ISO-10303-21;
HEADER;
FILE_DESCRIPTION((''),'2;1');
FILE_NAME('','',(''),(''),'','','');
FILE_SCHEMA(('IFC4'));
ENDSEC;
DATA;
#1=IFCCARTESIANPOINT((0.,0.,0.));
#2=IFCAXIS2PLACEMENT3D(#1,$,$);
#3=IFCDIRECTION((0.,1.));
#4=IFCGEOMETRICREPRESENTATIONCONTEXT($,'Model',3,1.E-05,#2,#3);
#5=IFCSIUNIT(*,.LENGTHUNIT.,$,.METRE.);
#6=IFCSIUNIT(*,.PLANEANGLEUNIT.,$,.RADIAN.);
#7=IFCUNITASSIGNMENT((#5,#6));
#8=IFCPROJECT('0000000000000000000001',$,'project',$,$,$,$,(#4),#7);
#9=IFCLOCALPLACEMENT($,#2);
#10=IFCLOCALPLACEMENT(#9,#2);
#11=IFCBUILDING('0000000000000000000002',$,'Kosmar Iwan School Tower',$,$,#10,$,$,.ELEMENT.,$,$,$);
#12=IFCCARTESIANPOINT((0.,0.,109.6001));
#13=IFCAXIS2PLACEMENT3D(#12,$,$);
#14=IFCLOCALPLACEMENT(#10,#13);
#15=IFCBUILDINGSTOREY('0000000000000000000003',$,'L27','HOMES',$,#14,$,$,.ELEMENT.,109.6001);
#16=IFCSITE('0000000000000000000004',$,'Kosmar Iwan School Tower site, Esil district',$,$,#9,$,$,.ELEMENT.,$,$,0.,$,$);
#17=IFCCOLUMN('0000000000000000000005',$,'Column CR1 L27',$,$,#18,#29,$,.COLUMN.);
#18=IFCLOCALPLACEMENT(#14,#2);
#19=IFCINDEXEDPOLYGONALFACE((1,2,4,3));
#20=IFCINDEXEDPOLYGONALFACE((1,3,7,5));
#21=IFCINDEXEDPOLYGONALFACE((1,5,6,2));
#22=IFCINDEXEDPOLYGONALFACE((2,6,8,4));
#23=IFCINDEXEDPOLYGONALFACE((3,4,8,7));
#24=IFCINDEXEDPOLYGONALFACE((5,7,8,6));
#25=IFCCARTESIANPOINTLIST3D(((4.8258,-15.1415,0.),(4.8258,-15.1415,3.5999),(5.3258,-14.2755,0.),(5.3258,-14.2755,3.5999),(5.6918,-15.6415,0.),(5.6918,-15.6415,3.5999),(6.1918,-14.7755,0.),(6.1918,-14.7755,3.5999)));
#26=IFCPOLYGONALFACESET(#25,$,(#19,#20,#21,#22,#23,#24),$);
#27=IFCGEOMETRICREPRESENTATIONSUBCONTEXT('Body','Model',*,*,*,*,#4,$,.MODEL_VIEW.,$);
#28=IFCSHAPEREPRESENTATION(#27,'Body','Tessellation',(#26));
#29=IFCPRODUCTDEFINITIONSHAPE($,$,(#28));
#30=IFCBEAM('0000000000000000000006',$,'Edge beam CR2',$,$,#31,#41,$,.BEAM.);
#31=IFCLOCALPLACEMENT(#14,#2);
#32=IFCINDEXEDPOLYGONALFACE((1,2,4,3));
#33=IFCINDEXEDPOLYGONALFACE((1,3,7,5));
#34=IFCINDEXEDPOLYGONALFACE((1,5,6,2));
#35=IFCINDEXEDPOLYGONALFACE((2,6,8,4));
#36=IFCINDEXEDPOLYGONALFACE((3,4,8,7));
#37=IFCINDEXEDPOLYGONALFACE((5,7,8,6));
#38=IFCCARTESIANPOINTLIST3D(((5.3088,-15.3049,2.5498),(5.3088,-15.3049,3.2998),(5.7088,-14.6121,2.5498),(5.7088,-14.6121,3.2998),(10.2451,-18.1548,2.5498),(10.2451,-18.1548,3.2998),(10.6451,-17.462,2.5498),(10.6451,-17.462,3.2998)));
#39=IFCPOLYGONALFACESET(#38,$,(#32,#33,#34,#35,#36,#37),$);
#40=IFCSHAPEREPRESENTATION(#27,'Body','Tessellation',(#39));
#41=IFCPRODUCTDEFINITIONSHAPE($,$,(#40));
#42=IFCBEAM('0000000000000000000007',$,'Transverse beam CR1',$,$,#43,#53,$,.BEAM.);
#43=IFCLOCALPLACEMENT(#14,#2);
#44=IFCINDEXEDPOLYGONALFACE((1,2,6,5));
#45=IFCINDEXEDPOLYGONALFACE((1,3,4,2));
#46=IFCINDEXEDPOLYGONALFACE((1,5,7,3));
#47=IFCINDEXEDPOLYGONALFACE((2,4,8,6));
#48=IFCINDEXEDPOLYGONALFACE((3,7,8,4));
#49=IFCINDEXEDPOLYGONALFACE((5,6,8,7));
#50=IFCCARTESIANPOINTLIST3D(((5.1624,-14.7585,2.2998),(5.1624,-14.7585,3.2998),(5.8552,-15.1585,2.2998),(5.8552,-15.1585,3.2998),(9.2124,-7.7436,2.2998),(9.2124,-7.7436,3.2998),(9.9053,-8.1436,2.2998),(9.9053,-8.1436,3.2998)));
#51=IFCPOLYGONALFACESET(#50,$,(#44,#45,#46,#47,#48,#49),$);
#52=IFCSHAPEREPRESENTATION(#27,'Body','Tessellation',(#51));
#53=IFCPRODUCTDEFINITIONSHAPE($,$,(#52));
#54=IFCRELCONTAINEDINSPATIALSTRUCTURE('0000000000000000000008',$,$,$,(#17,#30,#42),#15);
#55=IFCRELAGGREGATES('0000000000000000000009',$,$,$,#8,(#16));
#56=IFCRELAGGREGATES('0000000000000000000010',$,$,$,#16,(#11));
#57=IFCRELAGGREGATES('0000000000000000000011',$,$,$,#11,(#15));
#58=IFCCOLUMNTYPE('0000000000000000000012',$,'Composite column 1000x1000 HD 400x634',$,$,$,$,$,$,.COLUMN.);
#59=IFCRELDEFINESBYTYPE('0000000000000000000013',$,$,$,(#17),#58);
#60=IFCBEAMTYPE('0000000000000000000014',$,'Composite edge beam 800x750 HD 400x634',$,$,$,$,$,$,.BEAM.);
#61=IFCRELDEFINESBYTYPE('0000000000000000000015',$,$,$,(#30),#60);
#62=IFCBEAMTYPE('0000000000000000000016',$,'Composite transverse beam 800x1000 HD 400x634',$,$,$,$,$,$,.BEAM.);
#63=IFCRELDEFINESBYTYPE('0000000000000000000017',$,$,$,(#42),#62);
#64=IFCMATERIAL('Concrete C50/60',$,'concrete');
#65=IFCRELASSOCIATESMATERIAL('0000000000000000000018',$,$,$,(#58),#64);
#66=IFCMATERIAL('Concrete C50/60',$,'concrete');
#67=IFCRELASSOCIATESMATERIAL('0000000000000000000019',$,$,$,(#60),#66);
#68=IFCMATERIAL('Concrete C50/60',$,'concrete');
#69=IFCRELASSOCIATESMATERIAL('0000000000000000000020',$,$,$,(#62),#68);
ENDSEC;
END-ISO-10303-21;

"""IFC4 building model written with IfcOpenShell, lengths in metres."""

from ifc_helpers import new_model, si_unit, direction, frame, origin, origin_2d, place, context, subcontext, project, spatial, rectangle, extrude, material, material_profile, profile_set, type_object, element, save


model = new_model("IFC4")

# Units and contexts
model_context = context("Model", 3, precision=1e-05, world=origin(), true_north=direction((0.0, 1.0)))
body_context = subcontext(model_context, "Body", "Model", "MODEL_VIEW")
ifc_project = project(units=[si_unit("LENGTHUNIT", "METRE"), si_unit("PLANEANGLEUNIT", "RADIAN")], contexts=[model_context])

# Site, building, storey
site_placement = place(None, origin())
site = spatial("IfcSite", under=ifc_project, at=site_placement, Name="Kosmar Iwan School Tower site, Esil district", CompositionType="ELEMENT", RefElevation=0.0)
building_placement = place(site_placement, origin())
building = spatial("IfcBuilding", under=site, at=building_placement, Name="Kosmar Iwan School Tower", CompositionType="ELEMENT")
storey_placement = place(building_placement, frame((0.0, 0.0, 109.6001)))
storey = spatial("IfcBuildingStorey", under=building, at=storey_placement, Name="L27", Description="HOMES", CompositionType="ELEMENT", Elevation=109.6001)

# Column
ifc_material_1 = material(Name="Concrete C50/60", Category="concrete")
ifc_material_profile_1 = material_profile(ifc_material_1, rectangle(XDim=1.0, YDim=1.0, at=origin_2d()), Name="RC 1000x1000 + HD 400x634")
ifc_profile_set_1 = profile_set([ifc_material_profile_1], Name="Concrete C50/60")
column_type = type_object("IfcColumnType", Name="Composite column 1000x1000 HD 400x634", PredefinedType="COLUMN", material=ifc_profile_set_1)
column_placement = place(storey_placement, frame((5.5088, -14.9585, 0.0), z_axis=(0.0, 0.0, 1.0), x_axis=(0.866025, -0.5, 0.0)))
element("IfcColumn", 1, at=column_placement, inside=storey, type_object=column_type, Name="Column CR1 L27", PredefinedType="COLUMN", context=body_context, shape_type="SweptSolid", body=[
    extrude(rectangle(XDim=1.0, YDim=1.0, at=origin_2d()), origin(), (0.0, 0.0, 1.0), 3.5999),
])

# Beams
ifc_material_2 = material(Name="Concrete C50/60", Category="concrete")
ifc_material_profile_2 = material_profile(ifc_material_2, rectangle(XDim=0.8, YDim=0.75, at=origin_2d()), Name="RC 800x750 + HD 400x634")
ifc_profile_set_2 = profile_set([ifc_material_profile_2], Name="Concrete C50/60")
beam_type_1 = type_object("IfcBeamType", Name="Composite edge beam 800x750 HD 400x634", PredefinedType="BEAM", material=ifc_profile_set_2)
beam_1_placement = place(storey_placement, frame((5.5088, -14.9585, 2.9248), z_axis=(0.866034, -0.499986, 0.0), x_axis=(0.499986, 0.866034, 0.0)))
element("IfcBeam", 2, at=beam_1_placement, inside=storey, type_object=beam_type_1, Name="Edge beam CR2", PredefinedType="BEAM", context=body_context, shape_type="SweptSolid", body=[
    extrude(rectangle(XDim=0.8, YDim=0.75, at=origin_2d()), origin(), (0.0, 0.0, 1.0), 5.7),
])
ifc_material_3 = material(Name="Concrete C50/60", Category="concrete")
ifc_material_profile_3 = material_profile(ifc_material_3, rectangle(XDim=0.8, YDim=1.0, at=origin_2d()), Name="RC 800x1000 + HD 400x634")
ifc_profile_set_3 = profile_set([ifc_material_profile_3], Name="Concrete C50/60")
beam_type_2 = type_object("IfcBeamType", Name="Composite transverse beam 800x1000 HD 400x634", PredefinedType="BEAM", material=ifc_profile_set_3)
beam_2_placement = place(storey_placement, frame((5.5088, -14.9585, 2.7998), z_axis=(0.5, 0.866025, 0.0), x_axis=(-0.866025, 0.5, 0.0)))
element("IfcBeam", 3, at=beam_2_placement, inside=storey, type_object=beam_type_2, Name="Transverse beam CR1", PredefinedType="BEAM", context=body_context, shape_type="SweptSolid", body=[
    extrude(rectangle(XDim=0.8, YDim=1.0, at=origin_2d()), origin(), (0.0, 0.0, 1.0), 8.1001),
])

save(model, "model.ifc")
